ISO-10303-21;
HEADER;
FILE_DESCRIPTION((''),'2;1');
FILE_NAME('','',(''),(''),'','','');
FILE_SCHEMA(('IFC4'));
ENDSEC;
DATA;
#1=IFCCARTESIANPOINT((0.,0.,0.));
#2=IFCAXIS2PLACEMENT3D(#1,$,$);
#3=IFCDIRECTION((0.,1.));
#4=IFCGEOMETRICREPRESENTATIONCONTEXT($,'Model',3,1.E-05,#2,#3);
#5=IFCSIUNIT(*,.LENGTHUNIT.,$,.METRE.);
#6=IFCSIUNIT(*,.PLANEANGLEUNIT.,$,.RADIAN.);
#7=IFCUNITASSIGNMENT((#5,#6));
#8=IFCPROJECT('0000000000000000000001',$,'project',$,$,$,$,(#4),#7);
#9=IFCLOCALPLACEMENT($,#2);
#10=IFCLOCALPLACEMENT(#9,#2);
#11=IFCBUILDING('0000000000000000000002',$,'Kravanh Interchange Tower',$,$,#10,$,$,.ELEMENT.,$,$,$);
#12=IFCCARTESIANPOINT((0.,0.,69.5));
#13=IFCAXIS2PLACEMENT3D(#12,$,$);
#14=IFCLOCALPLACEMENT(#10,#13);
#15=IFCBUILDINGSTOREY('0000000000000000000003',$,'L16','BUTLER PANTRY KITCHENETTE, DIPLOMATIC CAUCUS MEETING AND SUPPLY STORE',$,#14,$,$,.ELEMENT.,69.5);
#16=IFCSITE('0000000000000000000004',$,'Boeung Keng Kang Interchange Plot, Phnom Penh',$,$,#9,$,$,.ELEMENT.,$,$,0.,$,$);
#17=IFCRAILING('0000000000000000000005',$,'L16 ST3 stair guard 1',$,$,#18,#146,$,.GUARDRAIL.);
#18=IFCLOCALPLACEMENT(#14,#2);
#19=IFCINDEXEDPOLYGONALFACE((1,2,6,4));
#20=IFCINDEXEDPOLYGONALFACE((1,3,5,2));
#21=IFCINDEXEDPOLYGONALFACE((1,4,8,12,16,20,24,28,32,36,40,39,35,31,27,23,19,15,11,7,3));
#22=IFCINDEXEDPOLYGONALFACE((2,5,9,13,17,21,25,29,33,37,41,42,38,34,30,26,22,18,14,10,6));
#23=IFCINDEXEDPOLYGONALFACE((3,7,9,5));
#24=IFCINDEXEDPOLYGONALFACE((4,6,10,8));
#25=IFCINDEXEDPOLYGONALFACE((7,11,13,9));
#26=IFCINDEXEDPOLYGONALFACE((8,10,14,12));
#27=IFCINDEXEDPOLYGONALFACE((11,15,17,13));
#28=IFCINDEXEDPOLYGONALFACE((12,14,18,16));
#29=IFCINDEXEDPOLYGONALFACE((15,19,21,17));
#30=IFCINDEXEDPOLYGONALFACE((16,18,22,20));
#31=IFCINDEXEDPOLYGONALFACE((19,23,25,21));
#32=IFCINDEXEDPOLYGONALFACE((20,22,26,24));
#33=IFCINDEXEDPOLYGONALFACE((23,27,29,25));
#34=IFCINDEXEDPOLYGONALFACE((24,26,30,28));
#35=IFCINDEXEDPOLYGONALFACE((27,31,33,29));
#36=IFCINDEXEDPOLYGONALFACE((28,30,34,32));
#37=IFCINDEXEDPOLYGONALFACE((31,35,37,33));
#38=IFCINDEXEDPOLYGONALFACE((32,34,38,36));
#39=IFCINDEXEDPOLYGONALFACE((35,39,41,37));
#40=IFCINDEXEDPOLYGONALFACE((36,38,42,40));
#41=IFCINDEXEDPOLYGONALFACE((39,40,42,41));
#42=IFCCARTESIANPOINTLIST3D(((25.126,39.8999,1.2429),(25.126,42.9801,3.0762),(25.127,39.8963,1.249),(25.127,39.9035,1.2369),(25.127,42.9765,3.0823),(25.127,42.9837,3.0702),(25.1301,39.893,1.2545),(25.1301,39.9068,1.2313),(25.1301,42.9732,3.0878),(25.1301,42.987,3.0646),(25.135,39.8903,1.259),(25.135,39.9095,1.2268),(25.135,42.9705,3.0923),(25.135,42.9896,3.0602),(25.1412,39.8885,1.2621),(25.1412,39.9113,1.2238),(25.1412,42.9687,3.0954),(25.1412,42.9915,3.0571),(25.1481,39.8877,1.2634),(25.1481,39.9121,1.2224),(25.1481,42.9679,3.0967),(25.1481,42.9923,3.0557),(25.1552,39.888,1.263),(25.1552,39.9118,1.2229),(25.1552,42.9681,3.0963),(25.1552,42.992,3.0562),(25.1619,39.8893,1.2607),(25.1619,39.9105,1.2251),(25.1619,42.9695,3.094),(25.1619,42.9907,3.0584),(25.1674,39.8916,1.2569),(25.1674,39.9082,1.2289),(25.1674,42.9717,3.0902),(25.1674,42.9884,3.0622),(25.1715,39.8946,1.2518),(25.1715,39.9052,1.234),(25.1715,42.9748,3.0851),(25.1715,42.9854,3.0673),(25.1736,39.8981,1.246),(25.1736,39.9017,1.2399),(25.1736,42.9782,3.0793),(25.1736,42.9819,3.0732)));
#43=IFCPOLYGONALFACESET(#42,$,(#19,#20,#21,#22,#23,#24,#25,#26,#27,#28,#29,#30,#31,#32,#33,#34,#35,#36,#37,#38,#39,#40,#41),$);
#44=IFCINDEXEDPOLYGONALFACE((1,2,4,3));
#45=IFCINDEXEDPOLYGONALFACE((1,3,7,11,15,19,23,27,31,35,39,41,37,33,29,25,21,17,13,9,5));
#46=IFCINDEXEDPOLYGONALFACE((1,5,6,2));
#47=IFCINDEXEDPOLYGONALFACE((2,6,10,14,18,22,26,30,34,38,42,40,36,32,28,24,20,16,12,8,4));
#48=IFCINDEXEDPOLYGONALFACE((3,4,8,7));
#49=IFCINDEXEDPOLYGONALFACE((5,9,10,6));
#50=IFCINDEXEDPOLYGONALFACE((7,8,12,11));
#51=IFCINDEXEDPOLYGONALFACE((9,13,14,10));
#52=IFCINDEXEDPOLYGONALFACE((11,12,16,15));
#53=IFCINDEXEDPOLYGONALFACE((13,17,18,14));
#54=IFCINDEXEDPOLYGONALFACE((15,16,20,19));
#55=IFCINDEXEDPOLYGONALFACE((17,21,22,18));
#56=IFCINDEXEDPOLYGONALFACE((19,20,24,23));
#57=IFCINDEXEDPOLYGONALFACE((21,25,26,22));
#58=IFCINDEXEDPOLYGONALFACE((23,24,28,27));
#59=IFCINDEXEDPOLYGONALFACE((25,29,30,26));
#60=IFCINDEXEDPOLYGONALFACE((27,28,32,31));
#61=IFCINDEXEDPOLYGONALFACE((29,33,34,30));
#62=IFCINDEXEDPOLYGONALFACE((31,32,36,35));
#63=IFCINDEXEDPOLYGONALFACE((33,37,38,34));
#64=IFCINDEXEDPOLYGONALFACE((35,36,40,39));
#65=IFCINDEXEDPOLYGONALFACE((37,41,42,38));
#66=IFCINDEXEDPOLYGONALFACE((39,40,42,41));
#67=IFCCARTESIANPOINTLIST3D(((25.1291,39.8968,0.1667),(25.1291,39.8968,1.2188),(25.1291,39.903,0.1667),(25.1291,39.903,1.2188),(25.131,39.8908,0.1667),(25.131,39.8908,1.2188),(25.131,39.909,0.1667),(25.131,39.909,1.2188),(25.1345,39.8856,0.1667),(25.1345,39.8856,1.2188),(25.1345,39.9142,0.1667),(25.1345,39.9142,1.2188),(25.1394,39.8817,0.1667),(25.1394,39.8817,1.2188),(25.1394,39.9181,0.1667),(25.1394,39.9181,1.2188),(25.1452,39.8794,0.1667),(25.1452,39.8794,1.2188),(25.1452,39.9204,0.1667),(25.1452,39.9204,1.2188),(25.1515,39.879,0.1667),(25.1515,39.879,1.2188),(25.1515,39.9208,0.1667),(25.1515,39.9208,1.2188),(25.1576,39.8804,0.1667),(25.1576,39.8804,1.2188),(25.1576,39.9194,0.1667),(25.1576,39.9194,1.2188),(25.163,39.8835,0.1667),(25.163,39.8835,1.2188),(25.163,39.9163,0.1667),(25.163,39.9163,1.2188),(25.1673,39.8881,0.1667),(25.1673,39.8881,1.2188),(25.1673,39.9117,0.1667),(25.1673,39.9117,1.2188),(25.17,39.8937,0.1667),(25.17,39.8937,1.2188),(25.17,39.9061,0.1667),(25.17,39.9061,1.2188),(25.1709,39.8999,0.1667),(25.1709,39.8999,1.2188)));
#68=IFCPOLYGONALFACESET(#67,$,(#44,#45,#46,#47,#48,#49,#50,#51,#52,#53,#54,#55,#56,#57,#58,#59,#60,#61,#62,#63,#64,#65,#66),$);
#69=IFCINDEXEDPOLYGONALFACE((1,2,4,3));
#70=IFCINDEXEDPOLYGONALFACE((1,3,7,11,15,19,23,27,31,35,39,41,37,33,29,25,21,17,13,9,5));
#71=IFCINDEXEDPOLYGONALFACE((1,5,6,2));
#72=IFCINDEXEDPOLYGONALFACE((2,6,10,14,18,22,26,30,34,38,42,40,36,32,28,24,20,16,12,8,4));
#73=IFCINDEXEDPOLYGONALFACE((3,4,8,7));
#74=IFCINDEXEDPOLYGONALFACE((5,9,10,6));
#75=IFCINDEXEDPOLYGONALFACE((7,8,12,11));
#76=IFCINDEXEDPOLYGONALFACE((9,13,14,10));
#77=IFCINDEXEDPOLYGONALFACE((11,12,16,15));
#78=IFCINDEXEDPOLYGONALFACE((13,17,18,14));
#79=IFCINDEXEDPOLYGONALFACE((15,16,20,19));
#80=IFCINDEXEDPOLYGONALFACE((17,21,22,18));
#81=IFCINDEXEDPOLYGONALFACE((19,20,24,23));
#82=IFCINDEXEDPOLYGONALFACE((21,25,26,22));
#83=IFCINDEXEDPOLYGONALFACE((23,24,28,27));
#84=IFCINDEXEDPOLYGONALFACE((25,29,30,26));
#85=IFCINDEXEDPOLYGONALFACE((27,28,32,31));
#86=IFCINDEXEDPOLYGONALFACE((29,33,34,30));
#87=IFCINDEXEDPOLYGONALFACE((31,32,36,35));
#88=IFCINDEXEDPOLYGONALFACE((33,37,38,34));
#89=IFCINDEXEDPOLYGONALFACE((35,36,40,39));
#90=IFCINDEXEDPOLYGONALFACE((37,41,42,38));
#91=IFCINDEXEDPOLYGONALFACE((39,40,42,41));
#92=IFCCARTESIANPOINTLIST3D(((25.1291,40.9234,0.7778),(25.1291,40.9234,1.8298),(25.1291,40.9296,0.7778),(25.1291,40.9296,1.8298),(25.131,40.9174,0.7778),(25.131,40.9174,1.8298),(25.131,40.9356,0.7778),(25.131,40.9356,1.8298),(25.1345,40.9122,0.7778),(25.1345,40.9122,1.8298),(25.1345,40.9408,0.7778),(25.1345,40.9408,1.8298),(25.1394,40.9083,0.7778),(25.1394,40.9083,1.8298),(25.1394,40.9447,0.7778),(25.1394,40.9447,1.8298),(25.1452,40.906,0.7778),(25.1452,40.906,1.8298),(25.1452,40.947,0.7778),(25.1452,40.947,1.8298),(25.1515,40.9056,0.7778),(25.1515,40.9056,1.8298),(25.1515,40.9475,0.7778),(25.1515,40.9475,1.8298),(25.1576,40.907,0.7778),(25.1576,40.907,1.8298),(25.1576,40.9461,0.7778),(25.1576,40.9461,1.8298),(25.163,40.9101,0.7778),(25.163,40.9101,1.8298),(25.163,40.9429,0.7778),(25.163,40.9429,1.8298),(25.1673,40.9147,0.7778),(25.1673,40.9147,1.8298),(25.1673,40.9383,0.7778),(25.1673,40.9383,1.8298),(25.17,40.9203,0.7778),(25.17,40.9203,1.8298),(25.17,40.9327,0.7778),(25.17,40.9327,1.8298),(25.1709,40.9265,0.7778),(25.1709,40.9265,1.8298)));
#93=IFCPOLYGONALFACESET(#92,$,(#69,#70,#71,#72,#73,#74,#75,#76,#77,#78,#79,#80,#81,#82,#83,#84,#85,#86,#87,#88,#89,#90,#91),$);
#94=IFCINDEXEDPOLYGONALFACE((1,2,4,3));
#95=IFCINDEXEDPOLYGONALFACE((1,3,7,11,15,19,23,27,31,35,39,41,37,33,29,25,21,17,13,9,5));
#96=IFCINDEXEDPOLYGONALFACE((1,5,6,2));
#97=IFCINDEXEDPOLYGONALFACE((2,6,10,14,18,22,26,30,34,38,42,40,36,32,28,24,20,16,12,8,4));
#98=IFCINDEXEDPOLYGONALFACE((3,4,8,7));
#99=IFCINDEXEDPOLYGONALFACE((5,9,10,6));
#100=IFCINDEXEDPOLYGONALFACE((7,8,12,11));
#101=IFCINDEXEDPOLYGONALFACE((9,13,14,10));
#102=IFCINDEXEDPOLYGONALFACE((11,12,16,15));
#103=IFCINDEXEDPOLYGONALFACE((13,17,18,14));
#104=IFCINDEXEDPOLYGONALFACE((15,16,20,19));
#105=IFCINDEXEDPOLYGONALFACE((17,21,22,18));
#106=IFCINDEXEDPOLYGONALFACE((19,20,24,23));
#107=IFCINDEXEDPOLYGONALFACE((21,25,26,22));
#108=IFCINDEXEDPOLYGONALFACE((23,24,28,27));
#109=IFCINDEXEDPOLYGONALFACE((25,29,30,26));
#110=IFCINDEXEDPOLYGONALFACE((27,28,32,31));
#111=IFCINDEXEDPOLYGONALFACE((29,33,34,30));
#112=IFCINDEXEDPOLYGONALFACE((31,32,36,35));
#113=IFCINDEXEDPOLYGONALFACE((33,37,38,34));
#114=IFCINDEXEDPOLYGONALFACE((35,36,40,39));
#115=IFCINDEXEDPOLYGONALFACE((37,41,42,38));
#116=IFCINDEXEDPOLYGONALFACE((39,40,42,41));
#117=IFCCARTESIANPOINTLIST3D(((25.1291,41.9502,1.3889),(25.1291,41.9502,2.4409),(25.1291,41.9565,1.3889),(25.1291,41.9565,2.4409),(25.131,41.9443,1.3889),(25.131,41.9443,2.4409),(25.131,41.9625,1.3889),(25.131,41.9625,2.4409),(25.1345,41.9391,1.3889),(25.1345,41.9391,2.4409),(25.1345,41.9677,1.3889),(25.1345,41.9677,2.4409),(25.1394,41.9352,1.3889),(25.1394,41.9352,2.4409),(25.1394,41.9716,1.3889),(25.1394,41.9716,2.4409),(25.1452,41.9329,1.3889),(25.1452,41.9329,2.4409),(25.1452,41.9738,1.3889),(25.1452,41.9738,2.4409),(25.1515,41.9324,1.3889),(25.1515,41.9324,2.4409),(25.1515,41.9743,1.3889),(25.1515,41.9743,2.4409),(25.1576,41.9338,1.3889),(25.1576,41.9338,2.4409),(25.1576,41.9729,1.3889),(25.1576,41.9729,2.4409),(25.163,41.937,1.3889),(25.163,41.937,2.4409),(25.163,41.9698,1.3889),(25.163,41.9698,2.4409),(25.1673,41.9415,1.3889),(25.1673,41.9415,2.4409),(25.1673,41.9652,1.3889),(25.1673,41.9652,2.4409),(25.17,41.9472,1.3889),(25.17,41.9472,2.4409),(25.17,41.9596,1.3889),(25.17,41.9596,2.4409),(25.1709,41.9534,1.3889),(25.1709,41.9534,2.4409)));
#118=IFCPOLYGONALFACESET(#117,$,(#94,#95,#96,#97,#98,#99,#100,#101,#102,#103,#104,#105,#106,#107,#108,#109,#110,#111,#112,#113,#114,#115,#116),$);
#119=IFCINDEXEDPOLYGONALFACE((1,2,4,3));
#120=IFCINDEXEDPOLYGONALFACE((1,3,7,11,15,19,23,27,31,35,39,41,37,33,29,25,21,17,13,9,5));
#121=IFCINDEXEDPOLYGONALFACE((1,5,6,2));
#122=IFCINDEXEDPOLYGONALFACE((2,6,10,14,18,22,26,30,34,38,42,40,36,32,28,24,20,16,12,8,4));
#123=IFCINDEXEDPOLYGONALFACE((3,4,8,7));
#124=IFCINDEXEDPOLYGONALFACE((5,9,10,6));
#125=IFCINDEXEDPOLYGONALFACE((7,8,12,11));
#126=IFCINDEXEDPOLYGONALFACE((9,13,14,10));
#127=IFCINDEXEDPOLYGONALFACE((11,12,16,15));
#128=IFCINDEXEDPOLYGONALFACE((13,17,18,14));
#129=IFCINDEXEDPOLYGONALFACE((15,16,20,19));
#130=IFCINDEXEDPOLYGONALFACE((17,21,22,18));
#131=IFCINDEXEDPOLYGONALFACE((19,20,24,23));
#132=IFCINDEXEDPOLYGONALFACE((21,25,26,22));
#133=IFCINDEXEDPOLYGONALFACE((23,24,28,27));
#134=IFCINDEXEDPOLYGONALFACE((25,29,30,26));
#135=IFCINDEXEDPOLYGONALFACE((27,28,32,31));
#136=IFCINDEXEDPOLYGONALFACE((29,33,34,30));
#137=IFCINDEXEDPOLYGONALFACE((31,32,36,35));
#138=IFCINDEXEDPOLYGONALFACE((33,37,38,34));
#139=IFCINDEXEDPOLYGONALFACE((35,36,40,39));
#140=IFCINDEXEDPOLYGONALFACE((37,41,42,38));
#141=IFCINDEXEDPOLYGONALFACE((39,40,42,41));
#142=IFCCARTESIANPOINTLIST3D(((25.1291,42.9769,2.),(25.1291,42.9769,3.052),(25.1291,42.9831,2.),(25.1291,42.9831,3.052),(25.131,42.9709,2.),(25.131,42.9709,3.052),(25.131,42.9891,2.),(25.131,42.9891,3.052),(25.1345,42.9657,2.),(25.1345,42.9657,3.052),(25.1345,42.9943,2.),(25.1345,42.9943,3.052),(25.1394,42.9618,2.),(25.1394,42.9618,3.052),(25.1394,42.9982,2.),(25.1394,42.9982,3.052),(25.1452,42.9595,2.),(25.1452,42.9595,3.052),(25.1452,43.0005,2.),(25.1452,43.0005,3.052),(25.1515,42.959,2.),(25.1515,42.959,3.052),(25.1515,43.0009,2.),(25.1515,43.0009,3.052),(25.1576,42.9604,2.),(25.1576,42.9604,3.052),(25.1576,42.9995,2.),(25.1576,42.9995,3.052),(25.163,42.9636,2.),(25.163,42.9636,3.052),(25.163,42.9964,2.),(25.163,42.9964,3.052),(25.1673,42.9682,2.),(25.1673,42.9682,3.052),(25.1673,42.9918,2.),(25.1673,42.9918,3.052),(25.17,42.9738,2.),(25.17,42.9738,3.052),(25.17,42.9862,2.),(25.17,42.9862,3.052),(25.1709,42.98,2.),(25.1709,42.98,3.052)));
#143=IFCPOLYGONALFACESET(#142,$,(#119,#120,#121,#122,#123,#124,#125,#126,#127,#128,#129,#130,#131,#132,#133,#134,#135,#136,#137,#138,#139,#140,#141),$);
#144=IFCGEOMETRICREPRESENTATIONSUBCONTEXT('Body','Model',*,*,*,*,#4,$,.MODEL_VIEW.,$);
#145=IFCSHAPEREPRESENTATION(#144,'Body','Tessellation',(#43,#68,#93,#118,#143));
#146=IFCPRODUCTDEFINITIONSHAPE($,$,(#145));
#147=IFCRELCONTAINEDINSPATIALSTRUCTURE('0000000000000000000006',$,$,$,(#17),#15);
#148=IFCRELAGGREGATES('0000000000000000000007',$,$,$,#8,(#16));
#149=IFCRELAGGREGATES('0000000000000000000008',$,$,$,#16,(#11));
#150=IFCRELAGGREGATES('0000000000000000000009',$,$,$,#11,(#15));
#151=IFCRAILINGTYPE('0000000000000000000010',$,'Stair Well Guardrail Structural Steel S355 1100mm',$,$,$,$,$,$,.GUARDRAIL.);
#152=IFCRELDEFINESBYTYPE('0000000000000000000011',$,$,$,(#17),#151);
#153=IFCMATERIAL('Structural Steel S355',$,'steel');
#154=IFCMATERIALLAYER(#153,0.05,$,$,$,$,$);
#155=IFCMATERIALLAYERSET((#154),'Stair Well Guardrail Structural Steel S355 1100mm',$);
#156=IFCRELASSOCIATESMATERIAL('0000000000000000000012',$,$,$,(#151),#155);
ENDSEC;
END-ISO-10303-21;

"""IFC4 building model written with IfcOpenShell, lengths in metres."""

from ifc_helpers import new_model, si_unit, direction, frame, origin, origin_2d, place, context, subcontext, project, spatial, circle, extrude, material, layer, layer_set, type_object, element, save


model = new_model("IFC4")

# Units and contexts
model_context = context("Model", 3, precision=1e-05, world=origin(), true_north=direction((0.0, 1.0)))
body_context = subcontext(model_context, "Body", "Model", "MODEL_VIEW")
ifc_project = project(units=[si_unit("LENGTHUNIT", "METRE"), si_unit("PLANEANGLEUNIT", "RADIAN")], contexts=[model_context])

# Site, building, storey
site_placement = place(None, origin())
site = spatial("IfcSite", under=ifc_project, at=site_placement, Name="Boeung Keng Kang Interchange Plot, Phnom Penh", CompositionType="ELEMENT", RefElevation=0.0)
building_placement = place(site_placement, origin())
building = spatial("IfcBuilding", under=site, at=building_placement, Name="Kravanh Interchange Tower", CompositionType="ELEMENT")
storey_placement = place(building_placement, frame((0.0, 0.0, 69.5)))
storey = spatial("IfcBuildingStorey", under=building, at=storey_placement, Name="L16", Description="BUTLER PANTRY KITCHENETTE, DIPLOMATIC CAUCUS MEETING AND SUPPLY STORE", CompositionType="ELEMENT", Elevation=69.5)

# Railing
ifc_material_1 = material(Name="Structural Steel S355", Category="steel")
ifc_layer_1 = layer(ifc_material_1, 0.05)
ifc_layer_set_1 = layer_set([ifc_layer_1], Name="Stair Well Guardrail Structural Steel S355 1100mm")
railing_type_1 = type_object("IfcRailingType", Name="Stair Well Guardrail Structural Steel S355 1100mm", PredefinedType="GUARDRAIL", material=ifc_layer_set_1)
railing_1_placement = place(storey_placement, frame((25.1499, 39.8999, 0.1667)))
element("IfcRailing", 1, at=railing_1_placement, inside=storey, type_object=railing_type_1, Name="L16 ST3 stair guard 1", PredefinedType="GUARDRAIL", context=body_context, shape_type="SweptSolid", body=[
    extrude(circle(Radius=0.0239, at=origin_2d()), frame((0.0, 0.0, 1.0762), z_axis=(0.0, 0.859309, 0.511458), x_axis=(-1.0, 0.0, 0.0)), (0.0, 0.0, 1.0), 3.5845),
    extrude(circle(Radius=0.021, at=origin_2d()), origin(), (0.0, 0.0, 1.0), 1.052),
    extrude(circle(Radius=0.021, at=origin_2d()), frame((0.0, 1.0266, 0.6111)), (0.0, 0.0, 1.0), 1.052),
    extrude(circle(Radius=0.021, at=origin_2d()), frame((0.0, 2.0535, 1.2222)), (0.0, 0.0, 1.0), 1.052),
    extrude(circle(Radius=0.021, at=origin_2d()), frame((0.0, 3.0801, 1.8333)), (0.0, 0.0, 1.0), 1.052),
])

save(model, "model.ifc")
